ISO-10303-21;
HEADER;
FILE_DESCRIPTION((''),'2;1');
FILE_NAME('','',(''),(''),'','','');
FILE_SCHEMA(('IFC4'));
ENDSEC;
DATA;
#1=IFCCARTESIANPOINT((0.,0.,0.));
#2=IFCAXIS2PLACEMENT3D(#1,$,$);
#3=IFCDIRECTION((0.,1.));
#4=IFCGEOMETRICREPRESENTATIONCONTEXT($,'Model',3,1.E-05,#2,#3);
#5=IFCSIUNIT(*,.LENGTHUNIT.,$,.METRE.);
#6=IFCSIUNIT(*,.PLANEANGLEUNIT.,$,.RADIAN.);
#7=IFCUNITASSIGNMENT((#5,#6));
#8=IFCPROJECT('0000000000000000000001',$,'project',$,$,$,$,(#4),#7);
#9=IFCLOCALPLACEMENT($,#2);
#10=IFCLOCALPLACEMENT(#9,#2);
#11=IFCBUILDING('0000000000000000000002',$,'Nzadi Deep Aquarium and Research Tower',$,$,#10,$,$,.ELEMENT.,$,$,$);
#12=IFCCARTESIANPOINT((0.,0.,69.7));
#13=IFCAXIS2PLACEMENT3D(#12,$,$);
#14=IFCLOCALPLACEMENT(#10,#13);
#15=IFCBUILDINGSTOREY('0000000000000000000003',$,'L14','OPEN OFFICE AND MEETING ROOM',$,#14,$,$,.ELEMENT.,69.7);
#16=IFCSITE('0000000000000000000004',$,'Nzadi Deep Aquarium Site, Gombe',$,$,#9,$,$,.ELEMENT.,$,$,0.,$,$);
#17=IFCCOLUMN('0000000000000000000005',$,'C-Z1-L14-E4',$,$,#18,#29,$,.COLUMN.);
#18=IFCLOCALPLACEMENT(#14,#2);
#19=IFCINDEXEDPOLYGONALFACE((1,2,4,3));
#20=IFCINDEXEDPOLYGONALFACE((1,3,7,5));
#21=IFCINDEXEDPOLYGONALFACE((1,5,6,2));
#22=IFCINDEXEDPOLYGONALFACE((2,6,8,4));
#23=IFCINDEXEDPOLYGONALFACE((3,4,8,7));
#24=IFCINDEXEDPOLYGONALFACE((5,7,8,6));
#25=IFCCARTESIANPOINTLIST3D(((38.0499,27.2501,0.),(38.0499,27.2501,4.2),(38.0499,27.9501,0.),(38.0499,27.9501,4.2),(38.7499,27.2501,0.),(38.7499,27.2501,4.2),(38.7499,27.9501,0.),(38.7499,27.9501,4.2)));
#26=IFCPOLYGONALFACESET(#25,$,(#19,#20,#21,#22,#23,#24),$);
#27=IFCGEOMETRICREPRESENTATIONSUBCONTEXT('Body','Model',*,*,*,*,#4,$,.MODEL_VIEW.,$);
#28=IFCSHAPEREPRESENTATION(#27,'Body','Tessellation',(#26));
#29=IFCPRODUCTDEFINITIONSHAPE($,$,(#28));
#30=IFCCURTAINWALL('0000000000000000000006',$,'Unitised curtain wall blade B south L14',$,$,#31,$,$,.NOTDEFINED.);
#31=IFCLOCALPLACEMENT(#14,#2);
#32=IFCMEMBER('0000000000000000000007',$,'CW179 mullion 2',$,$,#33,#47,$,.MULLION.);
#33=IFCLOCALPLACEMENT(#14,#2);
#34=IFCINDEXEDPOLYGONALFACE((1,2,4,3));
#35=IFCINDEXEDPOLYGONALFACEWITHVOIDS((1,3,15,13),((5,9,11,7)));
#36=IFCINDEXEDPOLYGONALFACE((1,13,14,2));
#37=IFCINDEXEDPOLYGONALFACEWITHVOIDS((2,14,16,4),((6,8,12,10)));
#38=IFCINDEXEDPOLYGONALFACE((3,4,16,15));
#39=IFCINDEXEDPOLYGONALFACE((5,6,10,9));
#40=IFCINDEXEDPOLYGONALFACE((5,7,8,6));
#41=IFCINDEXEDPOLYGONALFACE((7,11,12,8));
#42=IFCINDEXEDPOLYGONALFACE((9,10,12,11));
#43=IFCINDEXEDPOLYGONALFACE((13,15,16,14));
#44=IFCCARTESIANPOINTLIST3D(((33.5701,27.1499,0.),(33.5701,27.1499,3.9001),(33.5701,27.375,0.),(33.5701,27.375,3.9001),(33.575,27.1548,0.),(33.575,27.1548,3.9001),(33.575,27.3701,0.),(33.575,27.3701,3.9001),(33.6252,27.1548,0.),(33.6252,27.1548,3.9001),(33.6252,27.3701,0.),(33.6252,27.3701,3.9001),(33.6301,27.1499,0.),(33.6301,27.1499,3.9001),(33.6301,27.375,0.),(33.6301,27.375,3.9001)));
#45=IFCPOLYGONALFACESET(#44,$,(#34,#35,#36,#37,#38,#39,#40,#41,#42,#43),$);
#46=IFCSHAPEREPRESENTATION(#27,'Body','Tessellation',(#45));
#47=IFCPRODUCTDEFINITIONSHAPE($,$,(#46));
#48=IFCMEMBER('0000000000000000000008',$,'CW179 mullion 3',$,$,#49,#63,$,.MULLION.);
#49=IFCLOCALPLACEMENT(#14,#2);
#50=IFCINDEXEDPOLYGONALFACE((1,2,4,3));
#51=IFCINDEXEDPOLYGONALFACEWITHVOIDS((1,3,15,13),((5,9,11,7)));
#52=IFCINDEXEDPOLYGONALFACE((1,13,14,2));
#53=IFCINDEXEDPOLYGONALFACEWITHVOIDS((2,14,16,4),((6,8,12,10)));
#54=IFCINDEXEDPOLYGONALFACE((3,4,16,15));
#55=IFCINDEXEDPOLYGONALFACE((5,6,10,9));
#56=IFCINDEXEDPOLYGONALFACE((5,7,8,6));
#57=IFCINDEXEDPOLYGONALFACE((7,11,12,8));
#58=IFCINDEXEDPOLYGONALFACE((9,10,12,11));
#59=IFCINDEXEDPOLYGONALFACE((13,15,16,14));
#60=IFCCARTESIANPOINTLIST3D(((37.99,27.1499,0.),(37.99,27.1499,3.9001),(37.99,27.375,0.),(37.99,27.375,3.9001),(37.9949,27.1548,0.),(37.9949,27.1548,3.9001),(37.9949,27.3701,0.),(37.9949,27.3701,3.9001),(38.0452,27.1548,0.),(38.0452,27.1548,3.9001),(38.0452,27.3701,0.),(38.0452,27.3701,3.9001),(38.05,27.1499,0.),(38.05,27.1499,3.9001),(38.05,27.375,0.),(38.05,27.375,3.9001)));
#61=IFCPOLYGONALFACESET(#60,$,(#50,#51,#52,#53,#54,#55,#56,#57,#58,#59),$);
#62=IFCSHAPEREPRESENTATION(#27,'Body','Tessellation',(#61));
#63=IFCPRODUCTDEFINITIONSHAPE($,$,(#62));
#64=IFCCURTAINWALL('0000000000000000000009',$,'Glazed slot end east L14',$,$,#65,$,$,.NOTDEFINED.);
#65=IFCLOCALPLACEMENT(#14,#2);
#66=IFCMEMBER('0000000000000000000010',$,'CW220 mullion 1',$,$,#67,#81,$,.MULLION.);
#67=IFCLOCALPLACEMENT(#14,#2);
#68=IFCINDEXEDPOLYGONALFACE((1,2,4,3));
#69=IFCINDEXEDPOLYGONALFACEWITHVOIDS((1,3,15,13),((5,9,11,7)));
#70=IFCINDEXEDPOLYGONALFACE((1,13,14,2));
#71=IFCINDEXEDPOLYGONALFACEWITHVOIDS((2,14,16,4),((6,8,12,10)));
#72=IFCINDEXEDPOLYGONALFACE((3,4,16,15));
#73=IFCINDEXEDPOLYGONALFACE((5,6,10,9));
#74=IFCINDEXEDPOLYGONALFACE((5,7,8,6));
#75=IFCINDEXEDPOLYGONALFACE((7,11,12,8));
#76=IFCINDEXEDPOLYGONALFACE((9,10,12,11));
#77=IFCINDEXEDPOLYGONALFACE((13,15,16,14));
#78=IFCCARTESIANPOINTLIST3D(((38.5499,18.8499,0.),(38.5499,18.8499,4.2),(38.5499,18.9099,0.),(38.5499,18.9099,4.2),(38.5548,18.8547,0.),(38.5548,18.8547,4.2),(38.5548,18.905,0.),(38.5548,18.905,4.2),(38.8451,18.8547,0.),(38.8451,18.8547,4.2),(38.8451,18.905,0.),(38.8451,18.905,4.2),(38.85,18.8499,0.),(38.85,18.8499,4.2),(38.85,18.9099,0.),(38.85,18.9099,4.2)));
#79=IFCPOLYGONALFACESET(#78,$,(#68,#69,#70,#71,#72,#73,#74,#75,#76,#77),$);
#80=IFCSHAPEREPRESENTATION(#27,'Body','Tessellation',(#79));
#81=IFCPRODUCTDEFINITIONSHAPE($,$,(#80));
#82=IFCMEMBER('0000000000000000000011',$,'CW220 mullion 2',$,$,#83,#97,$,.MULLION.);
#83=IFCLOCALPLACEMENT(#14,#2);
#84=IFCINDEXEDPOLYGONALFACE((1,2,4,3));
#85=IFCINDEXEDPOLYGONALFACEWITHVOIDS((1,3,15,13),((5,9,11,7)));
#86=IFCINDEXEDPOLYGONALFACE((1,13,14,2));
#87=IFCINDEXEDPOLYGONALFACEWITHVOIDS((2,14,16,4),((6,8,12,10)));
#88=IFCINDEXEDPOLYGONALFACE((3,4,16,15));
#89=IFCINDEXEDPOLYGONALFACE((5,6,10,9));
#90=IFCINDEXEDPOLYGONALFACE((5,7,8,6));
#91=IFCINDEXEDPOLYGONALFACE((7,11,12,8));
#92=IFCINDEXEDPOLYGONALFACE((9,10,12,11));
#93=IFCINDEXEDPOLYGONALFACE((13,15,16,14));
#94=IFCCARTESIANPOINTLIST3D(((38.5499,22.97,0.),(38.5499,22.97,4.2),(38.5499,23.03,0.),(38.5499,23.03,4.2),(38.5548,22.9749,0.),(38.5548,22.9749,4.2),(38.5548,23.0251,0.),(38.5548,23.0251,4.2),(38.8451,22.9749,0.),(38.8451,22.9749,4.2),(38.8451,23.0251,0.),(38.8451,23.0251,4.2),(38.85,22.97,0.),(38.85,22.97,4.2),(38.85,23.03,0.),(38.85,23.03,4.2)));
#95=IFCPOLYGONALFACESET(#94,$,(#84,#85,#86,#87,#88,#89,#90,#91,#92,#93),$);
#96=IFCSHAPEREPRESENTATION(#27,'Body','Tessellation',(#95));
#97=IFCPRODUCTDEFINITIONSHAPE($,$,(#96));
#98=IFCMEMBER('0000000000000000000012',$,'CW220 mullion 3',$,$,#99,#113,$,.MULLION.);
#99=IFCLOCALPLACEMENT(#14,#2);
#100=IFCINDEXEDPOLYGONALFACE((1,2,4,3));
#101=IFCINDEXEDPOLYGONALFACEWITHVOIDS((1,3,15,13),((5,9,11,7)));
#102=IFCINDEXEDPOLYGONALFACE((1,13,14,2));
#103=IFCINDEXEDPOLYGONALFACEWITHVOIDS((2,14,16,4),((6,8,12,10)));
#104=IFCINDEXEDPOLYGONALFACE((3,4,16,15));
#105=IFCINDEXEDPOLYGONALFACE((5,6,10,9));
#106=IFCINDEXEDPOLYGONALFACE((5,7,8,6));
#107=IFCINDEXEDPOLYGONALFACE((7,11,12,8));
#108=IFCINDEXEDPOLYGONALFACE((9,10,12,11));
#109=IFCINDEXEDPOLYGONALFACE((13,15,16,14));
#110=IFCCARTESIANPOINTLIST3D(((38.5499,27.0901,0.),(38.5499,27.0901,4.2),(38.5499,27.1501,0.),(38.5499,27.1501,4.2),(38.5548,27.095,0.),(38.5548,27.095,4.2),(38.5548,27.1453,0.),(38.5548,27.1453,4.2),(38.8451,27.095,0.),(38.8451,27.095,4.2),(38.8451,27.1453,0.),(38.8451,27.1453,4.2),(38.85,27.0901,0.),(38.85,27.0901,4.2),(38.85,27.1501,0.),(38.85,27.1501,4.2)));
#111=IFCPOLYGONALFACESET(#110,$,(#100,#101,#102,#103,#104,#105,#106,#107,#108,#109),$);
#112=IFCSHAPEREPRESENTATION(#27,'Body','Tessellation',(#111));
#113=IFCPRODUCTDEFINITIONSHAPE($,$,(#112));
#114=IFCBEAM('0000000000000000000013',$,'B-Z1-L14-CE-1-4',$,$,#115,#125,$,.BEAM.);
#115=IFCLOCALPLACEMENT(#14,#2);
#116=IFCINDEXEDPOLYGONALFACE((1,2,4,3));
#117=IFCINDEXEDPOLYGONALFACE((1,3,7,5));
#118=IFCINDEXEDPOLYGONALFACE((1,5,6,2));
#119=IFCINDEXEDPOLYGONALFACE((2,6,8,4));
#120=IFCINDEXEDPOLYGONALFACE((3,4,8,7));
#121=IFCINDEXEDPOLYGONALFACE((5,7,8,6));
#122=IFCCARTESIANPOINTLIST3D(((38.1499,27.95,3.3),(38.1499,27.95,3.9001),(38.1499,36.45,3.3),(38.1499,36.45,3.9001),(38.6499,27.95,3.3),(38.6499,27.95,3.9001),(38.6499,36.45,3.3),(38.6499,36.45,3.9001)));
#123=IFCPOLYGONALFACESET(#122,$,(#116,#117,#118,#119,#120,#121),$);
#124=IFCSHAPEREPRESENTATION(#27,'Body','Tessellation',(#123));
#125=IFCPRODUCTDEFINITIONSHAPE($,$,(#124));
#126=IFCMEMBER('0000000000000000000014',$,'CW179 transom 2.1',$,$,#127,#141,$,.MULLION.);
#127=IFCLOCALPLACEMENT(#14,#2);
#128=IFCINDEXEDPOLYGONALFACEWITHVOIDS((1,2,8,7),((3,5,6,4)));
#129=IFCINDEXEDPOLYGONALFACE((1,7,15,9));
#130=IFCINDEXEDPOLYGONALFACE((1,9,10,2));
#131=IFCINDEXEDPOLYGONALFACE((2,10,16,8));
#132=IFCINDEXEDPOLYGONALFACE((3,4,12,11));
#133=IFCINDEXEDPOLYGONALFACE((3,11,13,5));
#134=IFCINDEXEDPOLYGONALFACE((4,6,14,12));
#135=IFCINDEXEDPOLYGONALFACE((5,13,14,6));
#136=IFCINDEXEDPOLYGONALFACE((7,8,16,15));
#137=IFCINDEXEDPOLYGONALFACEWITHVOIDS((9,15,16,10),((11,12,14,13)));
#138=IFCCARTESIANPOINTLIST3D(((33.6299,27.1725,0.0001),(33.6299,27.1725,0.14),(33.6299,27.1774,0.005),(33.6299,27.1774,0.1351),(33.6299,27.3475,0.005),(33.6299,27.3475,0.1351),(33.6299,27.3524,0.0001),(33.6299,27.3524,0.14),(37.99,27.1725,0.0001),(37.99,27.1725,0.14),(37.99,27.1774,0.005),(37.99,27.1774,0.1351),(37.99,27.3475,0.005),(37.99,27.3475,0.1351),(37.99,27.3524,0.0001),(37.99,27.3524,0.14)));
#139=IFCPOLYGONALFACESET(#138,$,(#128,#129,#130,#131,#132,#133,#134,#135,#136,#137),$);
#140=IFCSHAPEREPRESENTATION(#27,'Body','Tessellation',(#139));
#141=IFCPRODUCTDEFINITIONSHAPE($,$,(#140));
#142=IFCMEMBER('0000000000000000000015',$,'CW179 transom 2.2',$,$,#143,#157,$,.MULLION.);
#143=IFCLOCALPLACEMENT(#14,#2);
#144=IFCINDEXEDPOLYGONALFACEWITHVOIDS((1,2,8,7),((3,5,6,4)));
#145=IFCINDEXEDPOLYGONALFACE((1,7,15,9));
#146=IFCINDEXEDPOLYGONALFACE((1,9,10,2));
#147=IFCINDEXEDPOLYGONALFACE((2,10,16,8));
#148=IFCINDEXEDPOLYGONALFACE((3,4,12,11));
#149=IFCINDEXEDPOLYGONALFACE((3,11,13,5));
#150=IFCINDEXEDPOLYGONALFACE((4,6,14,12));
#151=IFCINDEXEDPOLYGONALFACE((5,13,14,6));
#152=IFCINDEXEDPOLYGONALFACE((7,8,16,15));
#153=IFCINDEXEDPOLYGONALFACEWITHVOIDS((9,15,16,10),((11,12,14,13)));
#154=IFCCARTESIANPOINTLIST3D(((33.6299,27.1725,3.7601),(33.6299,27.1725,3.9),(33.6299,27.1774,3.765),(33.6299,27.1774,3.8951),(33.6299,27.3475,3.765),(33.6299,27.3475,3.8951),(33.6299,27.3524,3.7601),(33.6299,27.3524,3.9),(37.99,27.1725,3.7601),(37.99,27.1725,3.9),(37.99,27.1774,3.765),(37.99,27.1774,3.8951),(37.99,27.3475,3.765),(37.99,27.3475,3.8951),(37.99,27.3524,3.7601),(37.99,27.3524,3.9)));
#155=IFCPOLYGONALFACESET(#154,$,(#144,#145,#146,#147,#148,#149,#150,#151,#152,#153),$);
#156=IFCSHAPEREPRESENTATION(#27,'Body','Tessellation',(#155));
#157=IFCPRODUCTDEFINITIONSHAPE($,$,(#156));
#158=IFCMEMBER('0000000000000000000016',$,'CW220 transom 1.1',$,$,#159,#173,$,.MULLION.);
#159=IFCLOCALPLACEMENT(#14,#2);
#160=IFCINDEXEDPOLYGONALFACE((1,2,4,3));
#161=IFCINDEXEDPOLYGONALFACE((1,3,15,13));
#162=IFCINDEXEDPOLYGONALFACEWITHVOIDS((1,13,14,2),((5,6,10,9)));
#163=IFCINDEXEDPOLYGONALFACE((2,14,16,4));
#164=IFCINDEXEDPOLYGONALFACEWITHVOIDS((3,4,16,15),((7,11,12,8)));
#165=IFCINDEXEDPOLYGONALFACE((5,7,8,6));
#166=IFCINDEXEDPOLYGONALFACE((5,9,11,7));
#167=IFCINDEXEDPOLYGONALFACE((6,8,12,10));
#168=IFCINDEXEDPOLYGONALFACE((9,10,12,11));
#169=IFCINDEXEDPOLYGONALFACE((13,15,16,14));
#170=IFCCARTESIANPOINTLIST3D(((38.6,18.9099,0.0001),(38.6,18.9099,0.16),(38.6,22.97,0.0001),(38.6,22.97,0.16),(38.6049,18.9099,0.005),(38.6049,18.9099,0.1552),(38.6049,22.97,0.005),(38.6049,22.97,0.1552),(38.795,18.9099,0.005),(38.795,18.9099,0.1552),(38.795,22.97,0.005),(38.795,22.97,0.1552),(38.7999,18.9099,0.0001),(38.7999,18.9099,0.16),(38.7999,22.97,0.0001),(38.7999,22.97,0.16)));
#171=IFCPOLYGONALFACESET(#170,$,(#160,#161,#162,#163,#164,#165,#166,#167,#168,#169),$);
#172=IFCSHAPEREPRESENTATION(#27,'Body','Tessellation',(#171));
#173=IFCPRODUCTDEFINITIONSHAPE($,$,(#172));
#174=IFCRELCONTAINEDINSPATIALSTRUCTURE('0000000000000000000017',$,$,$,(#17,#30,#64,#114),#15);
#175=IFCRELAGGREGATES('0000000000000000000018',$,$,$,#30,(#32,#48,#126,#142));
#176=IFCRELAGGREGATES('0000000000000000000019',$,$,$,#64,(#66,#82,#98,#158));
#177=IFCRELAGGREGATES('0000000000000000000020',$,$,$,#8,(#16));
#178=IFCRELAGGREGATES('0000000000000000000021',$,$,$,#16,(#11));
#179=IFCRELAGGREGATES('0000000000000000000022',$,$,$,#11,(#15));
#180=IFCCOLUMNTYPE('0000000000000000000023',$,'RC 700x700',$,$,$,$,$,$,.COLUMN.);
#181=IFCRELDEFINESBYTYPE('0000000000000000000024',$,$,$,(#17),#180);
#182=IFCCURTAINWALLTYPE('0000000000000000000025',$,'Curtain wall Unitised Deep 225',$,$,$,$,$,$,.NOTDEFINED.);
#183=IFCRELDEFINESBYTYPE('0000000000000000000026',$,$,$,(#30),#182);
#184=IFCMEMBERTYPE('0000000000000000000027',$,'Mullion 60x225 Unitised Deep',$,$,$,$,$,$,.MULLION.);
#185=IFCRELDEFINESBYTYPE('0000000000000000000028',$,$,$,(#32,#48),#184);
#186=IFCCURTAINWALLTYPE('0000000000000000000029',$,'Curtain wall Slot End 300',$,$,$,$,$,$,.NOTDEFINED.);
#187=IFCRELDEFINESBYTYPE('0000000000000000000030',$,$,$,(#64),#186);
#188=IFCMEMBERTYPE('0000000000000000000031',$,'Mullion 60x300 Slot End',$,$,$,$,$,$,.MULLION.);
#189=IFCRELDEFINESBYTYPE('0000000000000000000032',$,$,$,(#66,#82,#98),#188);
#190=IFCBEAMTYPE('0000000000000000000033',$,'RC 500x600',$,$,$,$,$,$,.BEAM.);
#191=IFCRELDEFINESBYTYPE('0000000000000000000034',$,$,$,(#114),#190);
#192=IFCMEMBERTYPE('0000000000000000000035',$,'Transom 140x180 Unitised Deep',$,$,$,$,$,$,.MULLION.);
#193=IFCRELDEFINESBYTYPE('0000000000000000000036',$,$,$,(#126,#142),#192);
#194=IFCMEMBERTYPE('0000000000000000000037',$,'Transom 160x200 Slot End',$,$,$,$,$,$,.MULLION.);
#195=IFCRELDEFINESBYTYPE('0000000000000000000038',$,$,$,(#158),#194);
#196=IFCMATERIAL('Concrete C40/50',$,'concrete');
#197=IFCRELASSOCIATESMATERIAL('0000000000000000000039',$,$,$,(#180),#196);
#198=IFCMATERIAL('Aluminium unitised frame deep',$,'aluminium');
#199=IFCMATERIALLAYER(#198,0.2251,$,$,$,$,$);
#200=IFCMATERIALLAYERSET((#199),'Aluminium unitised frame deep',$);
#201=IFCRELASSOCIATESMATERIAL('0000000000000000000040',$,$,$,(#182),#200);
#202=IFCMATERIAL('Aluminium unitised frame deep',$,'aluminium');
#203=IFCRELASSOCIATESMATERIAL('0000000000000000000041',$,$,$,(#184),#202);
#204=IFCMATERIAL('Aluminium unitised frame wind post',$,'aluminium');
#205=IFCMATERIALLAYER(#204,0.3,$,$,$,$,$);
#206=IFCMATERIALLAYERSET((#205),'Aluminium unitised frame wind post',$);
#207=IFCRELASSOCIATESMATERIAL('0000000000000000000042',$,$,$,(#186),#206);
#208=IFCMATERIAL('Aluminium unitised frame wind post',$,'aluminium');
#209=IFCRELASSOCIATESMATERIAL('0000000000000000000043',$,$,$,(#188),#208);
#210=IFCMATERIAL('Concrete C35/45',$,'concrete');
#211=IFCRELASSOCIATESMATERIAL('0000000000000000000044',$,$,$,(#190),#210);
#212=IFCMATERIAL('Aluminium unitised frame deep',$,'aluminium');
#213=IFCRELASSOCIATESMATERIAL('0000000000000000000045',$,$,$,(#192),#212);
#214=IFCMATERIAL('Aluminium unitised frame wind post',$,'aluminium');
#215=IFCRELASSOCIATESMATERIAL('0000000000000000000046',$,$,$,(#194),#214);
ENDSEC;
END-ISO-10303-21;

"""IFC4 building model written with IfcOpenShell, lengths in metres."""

from ifc_helpers import new_model, si_unit, direction, frame, origin, origin_2d, place, context, subcontext, project, spatial, rectangle, hollow_rectangle, extrude, material, layer, layer_set, material_profile, profile_set, type_object, element, aggregate, save


model = new_model("IFC4")

# Units and contexts
model_context = context("Model", 3, precision=1e-05, world=origin(), true_north=direction((0.0, 1.0)))
body_context = subcontext(model_context, "Body", "Model", "MODEL_VIEW")
ifc_project = project(units=[si_unit("LENGTHUNIT", "METRE"), si_unit("PLANEANGLEUNIT", "RADIAN")], contexts=[model_context])

# Site, building, storey
site_placement = place(None, origin())
site = spatial("IfcSite", under=ifc_project, at=site_placement, Name="Nzadi Deep Aquarium Site, Gombe", CompositionType="ELEMENT", RefElevation=0.0)
building_placement = place(site_placement, origin())
building = spatial("IfcBuilding", under=site, at=building_placement, Name="Nzadi Deep Aquarium and Research Tower", CompositionType="ELEMENT")
storey_placement = place(building_placement, frame((0.0, 0.0, 69.7)))
storey = spatial("IfcBuildingStorey", under=building, at=storey_placement, Name="L14", Description="OPEN OFFICE AND MEETING ROOM", CompositionType="ELEMENT", Elevation=69.7)

# Column
ifc_material_1 = material(Name="Concrete C40/50", Category="concrete")
ifc_material_profile_1 = material_profile(ifc_material_1, rectangle(XDim=0.7, YDim=0.7, at=origin_2d()))
ifc_profile_set_1 = profile_set([ifc_material_profile_1], Name="Concrete C40/50")
column_type = type_object("IfcColumnType", Name="RC 700x700", PredefinedType="COLUMN", material=ifc_profile_set_1)
column_placement = place(storey_placement, frame((38.3999, 27.6001, 0.0), z_axis=(0.0, 0.0, 1.0), x_axis=(1.0, 0.0, 0.0)))
element("IfcColumn", 1, at=column_placement, inside=storey, type_object=column_type, Name="C-Z1-L14-E4", PredefinedType="COLUMN", context=body_context, shape_type="SweptSolid", body=[
    extrude(rectangle(XDim=0.7, YDim=0.7, at=origin_2d()), origin(), (0.0, 0.0, 1.0), 4.2),
])

# Curtain walls, members
ifc_material_2 = material(Name="Aluminium unitised frame deep", Category="aluminium")
ifc_layer_1 = layer(ifc_material_2, 0.2251)
ifc_layer_set_1 = layer_set([ifc_layer_1], Name="Aluminium unitised frame deep")
curtain_wall_type_1 = type_object("IfcCurtainWallType", Name="Curtain wall Unitised Deep 225", PredefinedType="NOTDEFINED", material=ifc_layer_set_1)
curtain_wall_1_placement = place(storey_placement, origin())
curtain_wall_1 = element("IfcCurtainWall", 2, at=curtain_wall_1_placement, inside=storey, type_object=curtain_wall_type_1, Name="Unitised curtain wall blade B south L14", PredefinedType="NOTDEFINED")
ifc_material_3 = material(Name="Aluminium unitised frame deep", Category="aluminium")
ifc_material_profile_2 = material_profile(ifc_material_3, hollow_rectangle(XDim=0.2251, YDim=0.0601, WallThickness=0.0049, at=origin_2d()))
ifc_profile_set_2 = profile_set([ifc_material_profile_2], Name="Aluminium unitised frame deep")
member_type_1 = type_object("IfcMemberType", Name="Mullion 60x225 Unitised Deep", PredefinedType="MULLION", material=ifc_profile_set_2)
member_1_placement = place(storey_placement, frame((33.6001, 27.2625, 0.0), z_axis=(0.0, 0.0, 1.0), x_axis=(0.0, 1.0, 0.0)))
member_1 = element("IfcMember", 3, at=member_1_placement, type_object=member_type_1, Name="CW179 mullion 2", PredefinedType="MULLION", context=body_context, shape_type="SweptSolid", body=[
    extrude(hollow_rectangle(XDim=0.2251, YDim=0.0601, WallThickness=0.0049, at=origin_2d()), origin(), (0.0, 0.0, 1.0), 3.9001),
])
member_2_placement = place(storey_placement, frame((38.02, 27.2625, 0.0), z_axis=(0.0, 0.0, 1.0), x_axis=(0.0, 1.0, 0.0)))
member_2 = element("IfcMember", 4, at=member_2_placement, type_object=member_type_1, Name="CW179 mullion 3", PredefinedType="MULLION", context=body_context, shape_type="SweptSolid", body=[
    extrude(hollow_rectangle(XDim=0.2251, YDim=0.0601, WallThickness=0.0049, at=origin_2d()), origin(), (0.0, 0.0, 1.0), 3.9001),
])
ifc_material_4 = material(Name="Aluminium unitised frame wind post", Category="aluminium")
ifc_layer_2 = layer(ifc_material_4, 0.3)
ifc_layer_set_2 = layer_set([ifc_layer_2], Name="Aluminium unitised frame wind post")
curtain_wall_type_2 = type_object("IfcCurtainWallType", Name="Curtain wall Slot End 300", PredefinedType="NOTDEFINED", material=ifc_layer_set_2)
curtain_wall_2_placement = place(storey_placement, origin())
curtain_wall_2 = element("IfcCurtainWall", 5, at=curtain_wall_2_placement, inside=storey, type_object=curtain_wall_type_2, Name="Glazed slot end east L14", PredefinedType="NOTDEFINED")
ifc_material_5 = material(Name="Aluminium unitised frame wind post", Category="aluminium")
ifc_material_profile_3 = material_profile(ifc_material_5, hollow_rectangle(XDim=0.3, YDim=0.0601, WallThickness=0.0049, at=origin_2d()))
ifc_profile_set_3 = profile_set([ifc_material_profile_3], Name="Aluminium unitised frame wind post")
member_type_2 = type_object("IfcMemberType", Name="Mullion 60x300 Slot End", PredefinedType="MULLION", material=ifc_profile_set_3)
member_3_placement = place(storey_placement, frame((38.7, 18.8799, 0.0), z_axis=(0.0, 0.0, 1.0), x_axis=(-1.0, 0.0, 0.0)))
member_3 = element("IfcMember", 6, at=member_3_placement, type_object=member_type_2, Name="CW220 mullion 1", PredefinedType="MULLION", context=body_context, shape_type="SweptSolid", body=[
    extrude(hollow_rectangle(XDim=0.3, YDim=0.0601, WallThickness=0.0049, at=origin_2d()), origin(), (0.0, 0.0, 1.0), 4.2),
])
member_4_placement = place(storey_placement, frame((38.7, 23.0, 0.0), z_axis=(0.0, 0.0, 1.0), x_axis=(-1.0, 0.0, 0.0)))
member_4 = element("IfcMember", 7, at=member_4_placement, type_object=member_type_2, Name="CW220 mullion 2", PredefinedType="MULLION", context=body_context, shape_type="SweptSolid", body=[
    extrude(hollow_rectangle(XDim=0.3, YDim=0.0601, WallThickness=0.0049, at=origin_2d()), origin(), (0.0, 0.0, 1.0), 4.2),
])
member_5_placement = place(storey_placement, frame((38.7, 27.1201, 0.0), z_axis=(0.0, 0.0, 1.0), x_axis=(-1.0, 0.0, 0.0)))
member_5 = element("IfcMember", 8, at=member_5_placement, type_object=member_type_2, Name="CW220 mullion 3", PredefinedType="MULLION", context=body_context, shape_type="SweptSolid", body=[
    extrude(hollow_rectangle(XDim=0.3, YDim=0.0601, WallThickness=0.0049, at=origin_2d()), origin(), (0.0, 0.0, 1.0), 4.2),
])

# Beam
ifc_material_6 = material(Name="Concrete C35/45", Category="concrete")
ifc_material_profile_4 = material_profile(ifc_material_6, rectangle(XDim=0.5, YDim=0.6001, at=origin_2d()))
ifc_profile_set_4 = profile_set([ifc_material_profile_4], Name="Concrete C35/45")
beam_type = type_object("IfcBeamType", Name="RC 500x600", PredefinedType="BEAM", material=ifc_profile_set_4)
beam_placement = place(storey_placement, frame((38.3999, 27.95, 3.6001), z_axis=(0.0, 1.0, 0.0), x_axis=(-1.0, 0.0, 0.0)))
element("IfcBeam", 9, at=beam_placement, inside=storey, type_object=beam_type, Name="B-Z1-L14-CE-1-4", PredefinedType="BEAM", context=body_context, shape_type="SweptSolid", body=[
    extrude(rectangle(XDim=0.5, YDim=0.6001, at=origin_2d()), origin(), (0.0, 0.0, 1.0), 8.5),
])

# Members
ifc_material_7 = material(Name="Aluminium unitised frame deep", Category="aluminium")
ifc_material_profile_5 = material_profile(ifc_material_7, hollow_rectangle(XDim=0.1799, YDim=0.1399, WallThickness=0.0049, at=origin_2d()))
ifc_profile_set_5 = profile_set([ifc_material_profile_5], Name="Aluminium unitised frame deep")
member_type_3 = type_object("IfcMemberType", Name="Transom 140x180 Unitised Deep", PredefinedType="MULLION", material=ifc_profile_set_5)
member_6_placement = place(storey_placement, frame((33.6299, 27.2625, 0.0701), z_axis=(1.0, 0.0, 0.0), x_axis=(0.0, 1.0, 0.0)))
member_6 = element("IfcMember", 10, at=member_6_placement, type_object=member_type_3, Name="CW179 transom 2.1", PredefinedType="MULLION", context=body_context, shape_type="SweptSolid", body=[
    extrude(hollow_rectangle(XDim=0.1799, YDim=0.1399, WallThickness=0.0049, at=origin_2d()), origin(), (0.0, 0.0, 1.0), 4.3601),
])
member_7_placement = place(storey_placement, frame((33.6299, 27.2625, 3.8301), z_axis=(1.0, 0.0, 0.0), x_axis=(0.0, 1.0, 0.0)))
member_7 = element("IfcMember", 11, at=member_7_placement, type_object=member_type_3, Name="CW179 transom 2.2", PredefinedType="MULLION", context=body_context, shape_type="SweptSolid", body=[
    extrude(hollow_rectangle(XDim=0.1799, YDim=0.1399, WallThickness=0.0049, at=origin_2d()), origin(), (0.0, 0.0, 1.0), 4.3601),
])
ifc_material_8 = material(Name="Aluminium unitised frame wind post", Category="aluminium")
ifc_material_profile_6 = material_profile(ifc_material_8, hollow_rectangle(XDim=0.2, YDim=0.1599, WallThickness=0.0049, at=origin_2d()))
ifc_profile_set_6 = profile_set([ifc_material_profile_6], Name="Aluminium unitised frame wind post")
member_type_4 = type_object("IfcMemberType", Name="Transom 160x200 Slot End", PredefinedType="MULLION", material=ifc_profile_set_6)
member_8_placement = place(storey_placement, frame((38.7, 18.9099, 0.0801), z_axis=(0.0, 1.0, 0.0), x_axis=(-1.0, 0.0, 0.0)))
member_8 = element("IfcMember", 12, at=member_8_placement, type_object=member_type_4, Name="CW220 transom 1.1", PredefinedType="MULLION", context=body_context, shape_type="SweptSolid", body=[
    extrude(hollow_rectangle(XDim=0.2, YDim=0.1599, WallThickness=0.0049, at=origin_2d()), origin(), (0.0, 0.0, 1.0), 4.0601),
])

aggregate(curtain_wall_1, [member_1, member_2, member_6, member_7])
aggregate(curtain_wall_2, [member_3, member_4, member_5, member_8])

save(model, "model.ifc")
